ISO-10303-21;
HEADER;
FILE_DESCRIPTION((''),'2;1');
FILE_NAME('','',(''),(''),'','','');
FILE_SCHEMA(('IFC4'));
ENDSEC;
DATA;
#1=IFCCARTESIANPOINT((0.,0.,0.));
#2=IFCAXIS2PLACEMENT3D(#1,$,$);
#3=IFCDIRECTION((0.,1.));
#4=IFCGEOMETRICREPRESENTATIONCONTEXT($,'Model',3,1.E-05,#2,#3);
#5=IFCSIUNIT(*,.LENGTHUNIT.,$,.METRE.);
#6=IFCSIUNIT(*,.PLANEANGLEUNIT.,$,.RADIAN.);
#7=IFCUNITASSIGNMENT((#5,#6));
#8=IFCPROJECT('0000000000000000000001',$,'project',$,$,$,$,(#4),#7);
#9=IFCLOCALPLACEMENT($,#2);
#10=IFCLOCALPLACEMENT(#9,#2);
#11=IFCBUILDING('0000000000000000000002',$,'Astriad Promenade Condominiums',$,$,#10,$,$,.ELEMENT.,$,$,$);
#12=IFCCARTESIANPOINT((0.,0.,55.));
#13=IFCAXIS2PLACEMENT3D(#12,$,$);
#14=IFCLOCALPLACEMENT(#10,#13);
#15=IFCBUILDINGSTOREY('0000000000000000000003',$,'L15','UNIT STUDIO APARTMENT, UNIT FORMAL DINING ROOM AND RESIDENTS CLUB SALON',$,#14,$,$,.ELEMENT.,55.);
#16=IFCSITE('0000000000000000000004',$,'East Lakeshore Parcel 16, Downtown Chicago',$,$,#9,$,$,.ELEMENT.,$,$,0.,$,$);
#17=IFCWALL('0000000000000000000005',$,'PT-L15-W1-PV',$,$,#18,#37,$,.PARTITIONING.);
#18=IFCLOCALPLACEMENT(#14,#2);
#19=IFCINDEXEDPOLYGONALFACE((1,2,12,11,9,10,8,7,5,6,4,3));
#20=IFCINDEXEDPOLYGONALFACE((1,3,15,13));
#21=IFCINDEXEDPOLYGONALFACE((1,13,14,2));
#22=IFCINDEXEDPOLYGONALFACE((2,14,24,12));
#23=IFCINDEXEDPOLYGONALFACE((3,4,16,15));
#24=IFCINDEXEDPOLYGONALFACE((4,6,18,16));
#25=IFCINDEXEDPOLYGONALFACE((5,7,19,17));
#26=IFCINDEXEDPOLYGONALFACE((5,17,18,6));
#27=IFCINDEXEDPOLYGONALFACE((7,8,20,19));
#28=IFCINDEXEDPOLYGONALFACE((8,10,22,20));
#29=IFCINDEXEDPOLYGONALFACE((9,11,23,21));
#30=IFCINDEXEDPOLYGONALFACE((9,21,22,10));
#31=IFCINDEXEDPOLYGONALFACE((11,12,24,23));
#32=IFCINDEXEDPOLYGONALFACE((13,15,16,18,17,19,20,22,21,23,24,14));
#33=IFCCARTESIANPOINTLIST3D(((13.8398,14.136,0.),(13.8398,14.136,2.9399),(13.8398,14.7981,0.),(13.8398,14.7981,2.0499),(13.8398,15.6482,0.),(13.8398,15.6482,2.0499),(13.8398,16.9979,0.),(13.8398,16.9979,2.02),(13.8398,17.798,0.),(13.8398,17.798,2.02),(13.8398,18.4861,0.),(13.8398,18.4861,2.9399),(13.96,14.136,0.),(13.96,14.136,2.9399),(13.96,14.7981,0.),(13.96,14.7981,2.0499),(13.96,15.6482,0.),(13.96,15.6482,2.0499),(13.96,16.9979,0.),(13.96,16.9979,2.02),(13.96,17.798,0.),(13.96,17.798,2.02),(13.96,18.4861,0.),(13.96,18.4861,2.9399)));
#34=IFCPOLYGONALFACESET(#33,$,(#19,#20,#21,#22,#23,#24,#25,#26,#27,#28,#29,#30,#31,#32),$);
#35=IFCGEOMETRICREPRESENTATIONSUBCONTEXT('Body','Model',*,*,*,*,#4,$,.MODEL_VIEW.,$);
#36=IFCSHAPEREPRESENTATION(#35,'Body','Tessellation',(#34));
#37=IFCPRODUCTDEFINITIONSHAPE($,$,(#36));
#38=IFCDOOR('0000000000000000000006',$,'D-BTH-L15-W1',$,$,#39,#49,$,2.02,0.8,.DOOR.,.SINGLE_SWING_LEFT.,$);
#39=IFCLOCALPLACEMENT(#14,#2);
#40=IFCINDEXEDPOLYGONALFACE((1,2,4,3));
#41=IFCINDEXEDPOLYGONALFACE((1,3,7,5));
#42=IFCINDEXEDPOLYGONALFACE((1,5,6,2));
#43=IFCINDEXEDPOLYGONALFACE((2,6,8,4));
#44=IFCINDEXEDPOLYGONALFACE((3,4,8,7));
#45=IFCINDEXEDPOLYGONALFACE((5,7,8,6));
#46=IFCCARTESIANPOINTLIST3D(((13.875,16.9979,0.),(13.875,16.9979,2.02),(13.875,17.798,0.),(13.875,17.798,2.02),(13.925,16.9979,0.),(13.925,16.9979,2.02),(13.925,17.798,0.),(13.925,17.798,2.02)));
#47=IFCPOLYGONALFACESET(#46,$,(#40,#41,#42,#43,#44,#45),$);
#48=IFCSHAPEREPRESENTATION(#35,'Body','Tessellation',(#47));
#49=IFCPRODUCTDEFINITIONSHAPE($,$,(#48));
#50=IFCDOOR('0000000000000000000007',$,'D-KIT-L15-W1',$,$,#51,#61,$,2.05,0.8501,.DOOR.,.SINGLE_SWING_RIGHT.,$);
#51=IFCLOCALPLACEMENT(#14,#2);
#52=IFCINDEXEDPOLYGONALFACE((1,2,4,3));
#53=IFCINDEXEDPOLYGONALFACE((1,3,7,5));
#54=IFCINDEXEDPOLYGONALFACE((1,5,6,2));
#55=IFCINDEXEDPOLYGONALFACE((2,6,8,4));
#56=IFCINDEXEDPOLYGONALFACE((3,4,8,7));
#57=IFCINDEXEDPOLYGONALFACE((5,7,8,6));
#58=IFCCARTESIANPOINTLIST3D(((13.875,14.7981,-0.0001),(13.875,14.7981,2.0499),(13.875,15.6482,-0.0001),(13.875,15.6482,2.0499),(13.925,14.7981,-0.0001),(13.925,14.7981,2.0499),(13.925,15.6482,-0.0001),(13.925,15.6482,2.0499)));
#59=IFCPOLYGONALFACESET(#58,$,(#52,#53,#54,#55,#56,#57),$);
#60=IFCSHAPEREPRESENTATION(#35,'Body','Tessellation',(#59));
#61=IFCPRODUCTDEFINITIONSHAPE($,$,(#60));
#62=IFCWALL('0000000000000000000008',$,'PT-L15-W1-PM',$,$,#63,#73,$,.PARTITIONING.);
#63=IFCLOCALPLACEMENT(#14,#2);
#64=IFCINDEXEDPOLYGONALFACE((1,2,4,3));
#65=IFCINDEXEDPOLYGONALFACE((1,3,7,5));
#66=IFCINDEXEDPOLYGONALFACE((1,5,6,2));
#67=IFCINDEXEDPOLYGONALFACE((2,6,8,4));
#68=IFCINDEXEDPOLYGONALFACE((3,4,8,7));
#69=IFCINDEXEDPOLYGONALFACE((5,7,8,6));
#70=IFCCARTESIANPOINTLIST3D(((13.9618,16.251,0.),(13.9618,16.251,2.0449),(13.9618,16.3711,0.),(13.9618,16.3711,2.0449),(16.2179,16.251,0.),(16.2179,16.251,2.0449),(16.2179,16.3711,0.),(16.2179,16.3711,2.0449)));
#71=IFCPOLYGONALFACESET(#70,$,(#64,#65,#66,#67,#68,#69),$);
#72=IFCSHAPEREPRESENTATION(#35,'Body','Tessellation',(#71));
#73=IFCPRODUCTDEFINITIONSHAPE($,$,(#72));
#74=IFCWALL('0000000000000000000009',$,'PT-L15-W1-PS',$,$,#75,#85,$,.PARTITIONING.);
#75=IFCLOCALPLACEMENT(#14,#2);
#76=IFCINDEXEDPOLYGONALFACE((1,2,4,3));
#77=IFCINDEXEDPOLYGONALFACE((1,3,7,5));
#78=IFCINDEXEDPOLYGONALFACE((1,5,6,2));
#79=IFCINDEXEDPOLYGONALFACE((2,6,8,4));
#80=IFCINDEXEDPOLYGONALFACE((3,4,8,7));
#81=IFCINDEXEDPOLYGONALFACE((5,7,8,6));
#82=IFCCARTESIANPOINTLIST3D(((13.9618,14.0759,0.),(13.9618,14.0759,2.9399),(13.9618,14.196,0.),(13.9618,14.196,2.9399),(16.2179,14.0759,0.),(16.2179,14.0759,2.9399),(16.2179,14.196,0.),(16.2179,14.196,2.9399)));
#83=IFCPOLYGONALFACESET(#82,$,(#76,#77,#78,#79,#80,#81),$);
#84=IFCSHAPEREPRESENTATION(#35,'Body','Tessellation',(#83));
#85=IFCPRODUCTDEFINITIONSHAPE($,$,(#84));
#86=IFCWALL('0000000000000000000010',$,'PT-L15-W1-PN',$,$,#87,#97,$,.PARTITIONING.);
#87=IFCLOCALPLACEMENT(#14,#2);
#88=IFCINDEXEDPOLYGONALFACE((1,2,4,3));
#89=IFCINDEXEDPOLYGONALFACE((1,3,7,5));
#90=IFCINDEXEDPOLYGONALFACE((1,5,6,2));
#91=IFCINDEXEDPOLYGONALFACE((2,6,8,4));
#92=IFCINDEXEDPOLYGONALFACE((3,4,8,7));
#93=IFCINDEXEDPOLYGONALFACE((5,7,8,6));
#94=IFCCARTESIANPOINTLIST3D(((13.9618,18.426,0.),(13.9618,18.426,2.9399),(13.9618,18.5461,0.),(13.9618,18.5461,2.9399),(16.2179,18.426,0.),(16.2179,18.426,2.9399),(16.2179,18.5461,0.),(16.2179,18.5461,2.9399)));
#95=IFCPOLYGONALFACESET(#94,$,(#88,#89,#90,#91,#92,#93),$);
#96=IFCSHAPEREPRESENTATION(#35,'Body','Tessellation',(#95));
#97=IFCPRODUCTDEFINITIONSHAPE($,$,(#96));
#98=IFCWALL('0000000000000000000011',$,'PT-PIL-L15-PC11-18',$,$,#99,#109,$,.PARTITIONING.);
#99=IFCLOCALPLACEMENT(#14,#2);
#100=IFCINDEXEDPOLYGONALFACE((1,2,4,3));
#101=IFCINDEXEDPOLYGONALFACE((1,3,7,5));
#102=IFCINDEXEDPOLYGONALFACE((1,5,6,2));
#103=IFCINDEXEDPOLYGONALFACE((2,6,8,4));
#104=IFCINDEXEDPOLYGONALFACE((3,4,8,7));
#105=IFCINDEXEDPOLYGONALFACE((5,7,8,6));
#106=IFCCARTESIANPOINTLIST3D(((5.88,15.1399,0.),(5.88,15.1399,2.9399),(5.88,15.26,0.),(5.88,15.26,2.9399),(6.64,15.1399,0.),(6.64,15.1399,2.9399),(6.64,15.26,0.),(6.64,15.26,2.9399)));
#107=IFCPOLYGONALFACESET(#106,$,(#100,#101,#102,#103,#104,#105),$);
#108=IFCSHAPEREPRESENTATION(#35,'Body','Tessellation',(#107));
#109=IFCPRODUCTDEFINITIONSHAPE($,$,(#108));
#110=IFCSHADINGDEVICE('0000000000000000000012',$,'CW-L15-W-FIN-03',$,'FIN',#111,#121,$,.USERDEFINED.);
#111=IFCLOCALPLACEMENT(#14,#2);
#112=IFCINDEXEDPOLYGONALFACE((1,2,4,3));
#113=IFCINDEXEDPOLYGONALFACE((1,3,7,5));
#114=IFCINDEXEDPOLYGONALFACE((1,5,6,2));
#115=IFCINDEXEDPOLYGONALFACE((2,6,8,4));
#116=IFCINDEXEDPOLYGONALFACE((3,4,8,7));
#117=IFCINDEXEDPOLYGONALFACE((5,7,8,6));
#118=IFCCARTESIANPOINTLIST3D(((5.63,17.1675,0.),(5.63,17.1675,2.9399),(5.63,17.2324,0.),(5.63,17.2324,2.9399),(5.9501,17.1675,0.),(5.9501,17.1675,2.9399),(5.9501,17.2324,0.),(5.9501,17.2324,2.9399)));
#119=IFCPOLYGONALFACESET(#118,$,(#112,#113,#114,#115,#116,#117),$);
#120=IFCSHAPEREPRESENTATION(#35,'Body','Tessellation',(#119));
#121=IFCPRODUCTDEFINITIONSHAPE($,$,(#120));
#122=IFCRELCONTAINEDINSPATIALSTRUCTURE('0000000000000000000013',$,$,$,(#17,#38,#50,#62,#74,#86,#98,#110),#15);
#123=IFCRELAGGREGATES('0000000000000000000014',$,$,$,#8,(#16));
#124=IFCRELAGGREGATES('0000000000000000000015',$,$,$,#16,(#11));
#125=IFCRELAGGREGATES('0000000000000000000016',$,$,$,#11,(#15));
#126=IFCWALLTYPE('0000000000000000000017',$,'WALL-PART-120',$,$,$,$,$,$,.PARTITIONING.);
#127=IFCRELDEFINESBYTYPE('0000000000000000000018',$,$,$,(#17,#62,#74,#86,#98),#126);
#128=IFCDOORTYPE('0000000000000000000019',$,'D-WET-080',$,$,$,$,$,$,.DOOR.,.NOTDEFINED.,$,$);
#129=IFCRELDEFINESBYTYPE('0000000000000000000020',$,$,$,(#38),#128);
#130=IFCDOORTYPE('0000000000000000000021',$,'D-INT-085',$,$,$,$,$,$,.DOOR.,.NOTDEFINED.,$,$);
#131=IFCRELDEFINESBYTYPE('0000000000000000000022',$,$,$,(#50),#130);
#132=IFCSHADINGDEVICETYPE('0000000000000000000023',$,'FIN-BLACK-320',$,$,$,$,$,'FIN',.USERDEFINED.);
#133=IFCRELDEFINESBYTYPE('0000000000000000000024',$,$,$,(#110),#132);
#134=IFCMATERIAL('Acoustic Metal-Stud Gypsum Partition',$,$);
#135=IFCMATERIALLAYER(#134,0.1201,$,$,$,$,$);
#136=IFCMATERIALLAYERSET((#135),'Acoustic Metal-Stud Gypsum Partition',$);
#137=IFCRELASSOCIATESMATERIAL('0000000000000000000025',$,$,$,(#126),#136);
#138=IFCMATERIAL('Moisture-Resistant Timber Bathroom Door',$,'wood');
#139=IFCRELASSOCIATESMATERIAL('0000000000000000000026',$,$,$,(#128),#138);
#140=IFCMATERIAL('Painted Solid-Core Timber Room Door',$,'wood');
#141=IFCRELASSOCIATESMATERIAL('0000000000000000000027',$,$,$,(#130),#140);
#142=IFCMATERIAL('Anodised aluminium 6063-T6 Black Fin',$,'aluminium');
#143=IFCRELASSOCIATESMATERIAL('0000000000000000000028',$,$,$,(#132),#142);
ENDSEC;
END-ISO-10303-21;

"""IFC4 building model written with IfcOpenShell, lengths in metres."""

from ifc_helpers import new_model, si_unit, direction, frame, frame_2d, origin, origin_2d, place, context, subcontext, project, spatial, rectangle, extrude, source, transform, mapped, material, layer, layer_set, type_object, type_shapes, element, fill, save


model = new_model("IFC4")

# Units and contexts
model_context = context("Model", 3, precision=1e-05, world=origin(), true_north=direction((0.0, 1.0)))
body_context = subcontext(model_context, "Body", "Model", "MODEL_VIEW")
ifc_project = project(units=[si_unit("LENGTHUNIT", "METRE"), si_unit("PLANEANGLEUNIT", "RADIAN")], contexts=[model_context])

# Site, building, storey
site_placement = place(None, origin())
site = spatial("IfcSite", under=ifc_project, at=site_placement, Name="East Lakeshore Parcel 16, Downtown Chicago", CompositionType="ELEMENT", RefElevation=0.0)
building_placement = place(site_placement, origin())
building = spatial("IfcBuilding", under=site, at=building_placement, Name="Astriad Promenade Condominiums", CompositionType="ELEMENT")
storey_placement = place(building_placement, frame((0.0, 0.0, 55.0)))
storey = spatial("IfcBuildingStorey", under=building, at=storey_placement, Name="L15", Description="UNIT STUDIO APARTMENT, UNIT FORMAL DINING ROOM AND RESIDENTS CLUB SALON", CompositionType="ELEMENT", Elevation=55.0)

# Wall, openings, doors
ifc_material_1 = material(Name="Acoustic Metal-Stud Gypsum Partition")
ifc_layer_1 = layer(ifc_material_1, 0.1201)
ifc_layer_set_1 = layer_set([ifc_layer_1], Name="Acoustic Metal-Stud Gypsum Partition")
wall_type = type_object("IfcWallType", Name="WALL-PART-120", PredefinedType="PARTITIONING", material=ifc_layer_set_1)
wall_1_placement = place(storey_placement, frame((13.8999, 14.136, 0.0), z_axis=(0.0, 0.0, 1.0), x_axis=(0.0, 1.0, 0.0)))
wall_1 = element("IfcWall", 1, at=wall_1_placement, inside=storey, type_object=wall_type, Name="PT-L15-W1-PV", PredefinedType="PARTITIONING", context=body_context, shape_type="SweptSolid", body=[
    extrude(rectangle(XDim=4.3501, YDim=0.1201, at=frame_2d((2.175, 0.0))), origin(), (0.0, 0.0, 1.0), 2.9399),
])
opening_1_placement = place(wall_1_placement, frame((0.6621, 0.0, 0.0)))
opening_1 = element("IfcOpeningElement", 2, at=opening_1_placement, cuts=wall_1, PredefinedType="OPENING", context=body_context, shape_type="SweptSolid", body=[
    extrude(rectangle(XDim=0.8501, YDim=2.05, at=frame_2d((0.425, 1.0249))), frame((0.0, 0.0701, 0.0), z_axis=(0.0, -1.0, 0.0), x_axis=(1.0, 0.0, 0.0)), (0.0, 0.0, 1.0), 0.1401),
])
opening_2_placement = place(wall_1_placement, frame((2.8621, 0.0, 0.0)))
opening_2 = element("IfcOpeningElement", 3, at=opening_2_placement, cuts=wall_1, PredefinedType="OPENING", context=body_context, shape_type="SweptSolid", body=[
    extrude(rectangle(XDim=0.8, YDim=2.02, at=frame_2d((0.3999, 1.01))), frame((0.0, 0.0701, 0.0), z_axis=(0.0, -1.0, 0.0), x_axis=(1.0, 0.0, 0.0)), (0.0, 0.0, 1.0), 0.1401),
])
ifc_material_2 = material(Name="Moisture-Resistant Timber Bathroom Door", Category="wood")
door_type_1 = type_object("IfcDoorType", Name="D-WET-080", OperationType="NOTDEFINED", PredefinedType="DOOR", material=ifc_material_2)
shared_shape_1 = source(origin(), body_context, "Body", "SweptSolid", [
    extrude(rectangle(XDim=0.8, YDim=2.02, at=frame_2d((0.3999, 1.01))), frame((0.0, 0.0249, 0.0), z_axis=(0.0, -1.0, 0.0), x_axis=(1.0, 0.0, 0.0)), (0.0, 0.0, 1.0), 0.05),
])
type_shapes(door_type_1, [shared_shape_1])
door_1_placement = place(opening_2_placement, origin())
door_1 = element("IfcDoor", 4, at=door_1_placement, inside=storey, type_object=door_type_1, Name="D-BTH-L15-W1", OperationType="SINGLE_SWING_LEFT", OverallHeight=2.02, OverallWidth=0.8, PredefinedType="DOOR", context=body_context, shape_type="MappedRepresentation", body=[
    mapped(shared_shape_1, transform((0.0, 0.0, 0.0), scale=1.0)),
])
fill(opening_2, door_1)
ifc_material_3 = material(Name="Painted Solid-Core Timber Room Door", Category="wood")
door_type_2 = type_object("IfcDoorType", Name="D-INT-085", OperationType="NOTDEFINED", PredefinedType="DOOR", material=ifc_material_3)
shared_shape_2 = source(origin(), body_context, "Body", "SweptSolid", [
    extrude(rectangle(XDim=0.8501, YDim=2.05, at=frame_2d((0.425, 1.0249))), frame((0.0, 0.0249, 0.0), z_axis=(0.0, -1.0, 0.0), x_axis=(1.0, 0.0, 0.0)), (0.0, 0.0, 1.0), 0.05),
])
type_shapes(door_type_2, [shared_shape_2])
door_2_placement = place(opening_1_placement, origin())
door_2 = element("IfcDoor", 5, at=door_2_placement, inside=storey, type_object=door_type_2, Name="D-KIT-L15-W1", OperationType="SINGLE_SWING_RIGHT", OverallHeight=2.05, OverallWidth=0.8501, PredefinedType="DOOR", context=body_context, shape_type="MappedRepresentation", body=[
    mapped(shared_shape_2, transform((0.0, 0.0, 0.0), scale=1.0)),
])
fill(opening_1, door_2)

# Walls
wall_2_placement = place(storey_placement, frame((13.9619, 16.311, 0.0), z_axis=(0.0, 0.0, 1.0), x_axis=(1.0, 0.0, 0.0)))
element("IfcWall", 6, at=wall_2_placement, inside=storey, type_object=wall_type, Name="PT-L15-W1-PM", PredefinedType="PARTITIONING", context=body_context, shape_type="SweptSolid", body=[
    extrude(rectangle(XDim=2.2561, YDim=0.1201, at=frame_2d((1.1279, 0.0))), origin(), (0.0, 0.0, 1.0), 2.0449),
])
for number, where, z_axis, x_axis, name in (
    (7, (13.9619, 14.136, 0.0), (0.0, 0.0, 1.0), (1.0, 0.0, 0.0), "PT-L15-W1-PS"),
    (8, (13.9619, 18.4861, 0.0), (0.0, 0.0, 1.0), (1.0, 0.0, 0.0), "PT-L15-W1-PN"),
):
    element("IfcWall", number, at=place(storey_placement, frame(where, z_axis=z_axis, x_axis=x_axis)), inside=storey, type_object=wall_type, Name=name, PredefinedType="PARTITIONING", context=body_context, shape_type="SweptSolid", body=[
        extrude(rectangle(XDim=2.2561, YDim=0.1201, at=frame_2d((1.1279, 0.0))), origin(), (0.0, 0.0, 1.0), 2.9399),
    ])
wall_3_placement = place(storey_placement, frame((6.6399, 15.2, 0.0), z_axis=(0.0, 0.0, 1.0), x_axis=(-1.0, 0.0, 0.0)))
element("IfcWall", 9, at=wall_3_placement, inside=storey, type_object=wall_type, Name="PT-PIL-L15-PC11-18", PredefinedType="PARTITIONING", context=body_context, shape_type="SweptSolid", body=[
    extrude(rectangle(XDim=0.76, YDim=0.1201, at=frame_2d((0.3799, 0.0))), origin(), (0.0, 0.0, 1.0), 2.9399),
])

# Shading device
ifc_material_4 = material(Name="Anodised aluminium 6063-T6 Black Fin", Category="aluminium")
shading_device_type = type_object("IfcShadingDeviceType", Name="FIN-BLACK-320", ElementType="FIN", PredefinedType="USERDEFINED", material=ifc_material_4)
shared_shape_3 = source(origin(), body_context, "Body", "SweptSolid", [
    extrude(rectangle(XDim=0.0649, YDim=0.3201, at=origin_2d()), origin(), (0.0, 0.0, 1.0), 2.9399),
])
type_shapes(shading_device_type, [shared_shape_3])
shading_device_placement = place(storey_placement, frame((5.79, 17.2, 0.0), z_axis=(0.0, 0.0, 1.0), x_axis=(0.0, 1.0, 0.0)))
element("IfcShadingDevice", 10, at=shading_device_placement, inside=storey, type_object=shading_device_type, Name="CW-L15-W-FIN-03", ObjectType="FIN", PredefinedType="USERDEFINED", context=body_context, shape_type="MappedRepresentation", body=[
    mapped(shared_shape_3, transform((0.0, 0.0, 0.0), scale=1.0)),
])

save(model, "model.ifc")
